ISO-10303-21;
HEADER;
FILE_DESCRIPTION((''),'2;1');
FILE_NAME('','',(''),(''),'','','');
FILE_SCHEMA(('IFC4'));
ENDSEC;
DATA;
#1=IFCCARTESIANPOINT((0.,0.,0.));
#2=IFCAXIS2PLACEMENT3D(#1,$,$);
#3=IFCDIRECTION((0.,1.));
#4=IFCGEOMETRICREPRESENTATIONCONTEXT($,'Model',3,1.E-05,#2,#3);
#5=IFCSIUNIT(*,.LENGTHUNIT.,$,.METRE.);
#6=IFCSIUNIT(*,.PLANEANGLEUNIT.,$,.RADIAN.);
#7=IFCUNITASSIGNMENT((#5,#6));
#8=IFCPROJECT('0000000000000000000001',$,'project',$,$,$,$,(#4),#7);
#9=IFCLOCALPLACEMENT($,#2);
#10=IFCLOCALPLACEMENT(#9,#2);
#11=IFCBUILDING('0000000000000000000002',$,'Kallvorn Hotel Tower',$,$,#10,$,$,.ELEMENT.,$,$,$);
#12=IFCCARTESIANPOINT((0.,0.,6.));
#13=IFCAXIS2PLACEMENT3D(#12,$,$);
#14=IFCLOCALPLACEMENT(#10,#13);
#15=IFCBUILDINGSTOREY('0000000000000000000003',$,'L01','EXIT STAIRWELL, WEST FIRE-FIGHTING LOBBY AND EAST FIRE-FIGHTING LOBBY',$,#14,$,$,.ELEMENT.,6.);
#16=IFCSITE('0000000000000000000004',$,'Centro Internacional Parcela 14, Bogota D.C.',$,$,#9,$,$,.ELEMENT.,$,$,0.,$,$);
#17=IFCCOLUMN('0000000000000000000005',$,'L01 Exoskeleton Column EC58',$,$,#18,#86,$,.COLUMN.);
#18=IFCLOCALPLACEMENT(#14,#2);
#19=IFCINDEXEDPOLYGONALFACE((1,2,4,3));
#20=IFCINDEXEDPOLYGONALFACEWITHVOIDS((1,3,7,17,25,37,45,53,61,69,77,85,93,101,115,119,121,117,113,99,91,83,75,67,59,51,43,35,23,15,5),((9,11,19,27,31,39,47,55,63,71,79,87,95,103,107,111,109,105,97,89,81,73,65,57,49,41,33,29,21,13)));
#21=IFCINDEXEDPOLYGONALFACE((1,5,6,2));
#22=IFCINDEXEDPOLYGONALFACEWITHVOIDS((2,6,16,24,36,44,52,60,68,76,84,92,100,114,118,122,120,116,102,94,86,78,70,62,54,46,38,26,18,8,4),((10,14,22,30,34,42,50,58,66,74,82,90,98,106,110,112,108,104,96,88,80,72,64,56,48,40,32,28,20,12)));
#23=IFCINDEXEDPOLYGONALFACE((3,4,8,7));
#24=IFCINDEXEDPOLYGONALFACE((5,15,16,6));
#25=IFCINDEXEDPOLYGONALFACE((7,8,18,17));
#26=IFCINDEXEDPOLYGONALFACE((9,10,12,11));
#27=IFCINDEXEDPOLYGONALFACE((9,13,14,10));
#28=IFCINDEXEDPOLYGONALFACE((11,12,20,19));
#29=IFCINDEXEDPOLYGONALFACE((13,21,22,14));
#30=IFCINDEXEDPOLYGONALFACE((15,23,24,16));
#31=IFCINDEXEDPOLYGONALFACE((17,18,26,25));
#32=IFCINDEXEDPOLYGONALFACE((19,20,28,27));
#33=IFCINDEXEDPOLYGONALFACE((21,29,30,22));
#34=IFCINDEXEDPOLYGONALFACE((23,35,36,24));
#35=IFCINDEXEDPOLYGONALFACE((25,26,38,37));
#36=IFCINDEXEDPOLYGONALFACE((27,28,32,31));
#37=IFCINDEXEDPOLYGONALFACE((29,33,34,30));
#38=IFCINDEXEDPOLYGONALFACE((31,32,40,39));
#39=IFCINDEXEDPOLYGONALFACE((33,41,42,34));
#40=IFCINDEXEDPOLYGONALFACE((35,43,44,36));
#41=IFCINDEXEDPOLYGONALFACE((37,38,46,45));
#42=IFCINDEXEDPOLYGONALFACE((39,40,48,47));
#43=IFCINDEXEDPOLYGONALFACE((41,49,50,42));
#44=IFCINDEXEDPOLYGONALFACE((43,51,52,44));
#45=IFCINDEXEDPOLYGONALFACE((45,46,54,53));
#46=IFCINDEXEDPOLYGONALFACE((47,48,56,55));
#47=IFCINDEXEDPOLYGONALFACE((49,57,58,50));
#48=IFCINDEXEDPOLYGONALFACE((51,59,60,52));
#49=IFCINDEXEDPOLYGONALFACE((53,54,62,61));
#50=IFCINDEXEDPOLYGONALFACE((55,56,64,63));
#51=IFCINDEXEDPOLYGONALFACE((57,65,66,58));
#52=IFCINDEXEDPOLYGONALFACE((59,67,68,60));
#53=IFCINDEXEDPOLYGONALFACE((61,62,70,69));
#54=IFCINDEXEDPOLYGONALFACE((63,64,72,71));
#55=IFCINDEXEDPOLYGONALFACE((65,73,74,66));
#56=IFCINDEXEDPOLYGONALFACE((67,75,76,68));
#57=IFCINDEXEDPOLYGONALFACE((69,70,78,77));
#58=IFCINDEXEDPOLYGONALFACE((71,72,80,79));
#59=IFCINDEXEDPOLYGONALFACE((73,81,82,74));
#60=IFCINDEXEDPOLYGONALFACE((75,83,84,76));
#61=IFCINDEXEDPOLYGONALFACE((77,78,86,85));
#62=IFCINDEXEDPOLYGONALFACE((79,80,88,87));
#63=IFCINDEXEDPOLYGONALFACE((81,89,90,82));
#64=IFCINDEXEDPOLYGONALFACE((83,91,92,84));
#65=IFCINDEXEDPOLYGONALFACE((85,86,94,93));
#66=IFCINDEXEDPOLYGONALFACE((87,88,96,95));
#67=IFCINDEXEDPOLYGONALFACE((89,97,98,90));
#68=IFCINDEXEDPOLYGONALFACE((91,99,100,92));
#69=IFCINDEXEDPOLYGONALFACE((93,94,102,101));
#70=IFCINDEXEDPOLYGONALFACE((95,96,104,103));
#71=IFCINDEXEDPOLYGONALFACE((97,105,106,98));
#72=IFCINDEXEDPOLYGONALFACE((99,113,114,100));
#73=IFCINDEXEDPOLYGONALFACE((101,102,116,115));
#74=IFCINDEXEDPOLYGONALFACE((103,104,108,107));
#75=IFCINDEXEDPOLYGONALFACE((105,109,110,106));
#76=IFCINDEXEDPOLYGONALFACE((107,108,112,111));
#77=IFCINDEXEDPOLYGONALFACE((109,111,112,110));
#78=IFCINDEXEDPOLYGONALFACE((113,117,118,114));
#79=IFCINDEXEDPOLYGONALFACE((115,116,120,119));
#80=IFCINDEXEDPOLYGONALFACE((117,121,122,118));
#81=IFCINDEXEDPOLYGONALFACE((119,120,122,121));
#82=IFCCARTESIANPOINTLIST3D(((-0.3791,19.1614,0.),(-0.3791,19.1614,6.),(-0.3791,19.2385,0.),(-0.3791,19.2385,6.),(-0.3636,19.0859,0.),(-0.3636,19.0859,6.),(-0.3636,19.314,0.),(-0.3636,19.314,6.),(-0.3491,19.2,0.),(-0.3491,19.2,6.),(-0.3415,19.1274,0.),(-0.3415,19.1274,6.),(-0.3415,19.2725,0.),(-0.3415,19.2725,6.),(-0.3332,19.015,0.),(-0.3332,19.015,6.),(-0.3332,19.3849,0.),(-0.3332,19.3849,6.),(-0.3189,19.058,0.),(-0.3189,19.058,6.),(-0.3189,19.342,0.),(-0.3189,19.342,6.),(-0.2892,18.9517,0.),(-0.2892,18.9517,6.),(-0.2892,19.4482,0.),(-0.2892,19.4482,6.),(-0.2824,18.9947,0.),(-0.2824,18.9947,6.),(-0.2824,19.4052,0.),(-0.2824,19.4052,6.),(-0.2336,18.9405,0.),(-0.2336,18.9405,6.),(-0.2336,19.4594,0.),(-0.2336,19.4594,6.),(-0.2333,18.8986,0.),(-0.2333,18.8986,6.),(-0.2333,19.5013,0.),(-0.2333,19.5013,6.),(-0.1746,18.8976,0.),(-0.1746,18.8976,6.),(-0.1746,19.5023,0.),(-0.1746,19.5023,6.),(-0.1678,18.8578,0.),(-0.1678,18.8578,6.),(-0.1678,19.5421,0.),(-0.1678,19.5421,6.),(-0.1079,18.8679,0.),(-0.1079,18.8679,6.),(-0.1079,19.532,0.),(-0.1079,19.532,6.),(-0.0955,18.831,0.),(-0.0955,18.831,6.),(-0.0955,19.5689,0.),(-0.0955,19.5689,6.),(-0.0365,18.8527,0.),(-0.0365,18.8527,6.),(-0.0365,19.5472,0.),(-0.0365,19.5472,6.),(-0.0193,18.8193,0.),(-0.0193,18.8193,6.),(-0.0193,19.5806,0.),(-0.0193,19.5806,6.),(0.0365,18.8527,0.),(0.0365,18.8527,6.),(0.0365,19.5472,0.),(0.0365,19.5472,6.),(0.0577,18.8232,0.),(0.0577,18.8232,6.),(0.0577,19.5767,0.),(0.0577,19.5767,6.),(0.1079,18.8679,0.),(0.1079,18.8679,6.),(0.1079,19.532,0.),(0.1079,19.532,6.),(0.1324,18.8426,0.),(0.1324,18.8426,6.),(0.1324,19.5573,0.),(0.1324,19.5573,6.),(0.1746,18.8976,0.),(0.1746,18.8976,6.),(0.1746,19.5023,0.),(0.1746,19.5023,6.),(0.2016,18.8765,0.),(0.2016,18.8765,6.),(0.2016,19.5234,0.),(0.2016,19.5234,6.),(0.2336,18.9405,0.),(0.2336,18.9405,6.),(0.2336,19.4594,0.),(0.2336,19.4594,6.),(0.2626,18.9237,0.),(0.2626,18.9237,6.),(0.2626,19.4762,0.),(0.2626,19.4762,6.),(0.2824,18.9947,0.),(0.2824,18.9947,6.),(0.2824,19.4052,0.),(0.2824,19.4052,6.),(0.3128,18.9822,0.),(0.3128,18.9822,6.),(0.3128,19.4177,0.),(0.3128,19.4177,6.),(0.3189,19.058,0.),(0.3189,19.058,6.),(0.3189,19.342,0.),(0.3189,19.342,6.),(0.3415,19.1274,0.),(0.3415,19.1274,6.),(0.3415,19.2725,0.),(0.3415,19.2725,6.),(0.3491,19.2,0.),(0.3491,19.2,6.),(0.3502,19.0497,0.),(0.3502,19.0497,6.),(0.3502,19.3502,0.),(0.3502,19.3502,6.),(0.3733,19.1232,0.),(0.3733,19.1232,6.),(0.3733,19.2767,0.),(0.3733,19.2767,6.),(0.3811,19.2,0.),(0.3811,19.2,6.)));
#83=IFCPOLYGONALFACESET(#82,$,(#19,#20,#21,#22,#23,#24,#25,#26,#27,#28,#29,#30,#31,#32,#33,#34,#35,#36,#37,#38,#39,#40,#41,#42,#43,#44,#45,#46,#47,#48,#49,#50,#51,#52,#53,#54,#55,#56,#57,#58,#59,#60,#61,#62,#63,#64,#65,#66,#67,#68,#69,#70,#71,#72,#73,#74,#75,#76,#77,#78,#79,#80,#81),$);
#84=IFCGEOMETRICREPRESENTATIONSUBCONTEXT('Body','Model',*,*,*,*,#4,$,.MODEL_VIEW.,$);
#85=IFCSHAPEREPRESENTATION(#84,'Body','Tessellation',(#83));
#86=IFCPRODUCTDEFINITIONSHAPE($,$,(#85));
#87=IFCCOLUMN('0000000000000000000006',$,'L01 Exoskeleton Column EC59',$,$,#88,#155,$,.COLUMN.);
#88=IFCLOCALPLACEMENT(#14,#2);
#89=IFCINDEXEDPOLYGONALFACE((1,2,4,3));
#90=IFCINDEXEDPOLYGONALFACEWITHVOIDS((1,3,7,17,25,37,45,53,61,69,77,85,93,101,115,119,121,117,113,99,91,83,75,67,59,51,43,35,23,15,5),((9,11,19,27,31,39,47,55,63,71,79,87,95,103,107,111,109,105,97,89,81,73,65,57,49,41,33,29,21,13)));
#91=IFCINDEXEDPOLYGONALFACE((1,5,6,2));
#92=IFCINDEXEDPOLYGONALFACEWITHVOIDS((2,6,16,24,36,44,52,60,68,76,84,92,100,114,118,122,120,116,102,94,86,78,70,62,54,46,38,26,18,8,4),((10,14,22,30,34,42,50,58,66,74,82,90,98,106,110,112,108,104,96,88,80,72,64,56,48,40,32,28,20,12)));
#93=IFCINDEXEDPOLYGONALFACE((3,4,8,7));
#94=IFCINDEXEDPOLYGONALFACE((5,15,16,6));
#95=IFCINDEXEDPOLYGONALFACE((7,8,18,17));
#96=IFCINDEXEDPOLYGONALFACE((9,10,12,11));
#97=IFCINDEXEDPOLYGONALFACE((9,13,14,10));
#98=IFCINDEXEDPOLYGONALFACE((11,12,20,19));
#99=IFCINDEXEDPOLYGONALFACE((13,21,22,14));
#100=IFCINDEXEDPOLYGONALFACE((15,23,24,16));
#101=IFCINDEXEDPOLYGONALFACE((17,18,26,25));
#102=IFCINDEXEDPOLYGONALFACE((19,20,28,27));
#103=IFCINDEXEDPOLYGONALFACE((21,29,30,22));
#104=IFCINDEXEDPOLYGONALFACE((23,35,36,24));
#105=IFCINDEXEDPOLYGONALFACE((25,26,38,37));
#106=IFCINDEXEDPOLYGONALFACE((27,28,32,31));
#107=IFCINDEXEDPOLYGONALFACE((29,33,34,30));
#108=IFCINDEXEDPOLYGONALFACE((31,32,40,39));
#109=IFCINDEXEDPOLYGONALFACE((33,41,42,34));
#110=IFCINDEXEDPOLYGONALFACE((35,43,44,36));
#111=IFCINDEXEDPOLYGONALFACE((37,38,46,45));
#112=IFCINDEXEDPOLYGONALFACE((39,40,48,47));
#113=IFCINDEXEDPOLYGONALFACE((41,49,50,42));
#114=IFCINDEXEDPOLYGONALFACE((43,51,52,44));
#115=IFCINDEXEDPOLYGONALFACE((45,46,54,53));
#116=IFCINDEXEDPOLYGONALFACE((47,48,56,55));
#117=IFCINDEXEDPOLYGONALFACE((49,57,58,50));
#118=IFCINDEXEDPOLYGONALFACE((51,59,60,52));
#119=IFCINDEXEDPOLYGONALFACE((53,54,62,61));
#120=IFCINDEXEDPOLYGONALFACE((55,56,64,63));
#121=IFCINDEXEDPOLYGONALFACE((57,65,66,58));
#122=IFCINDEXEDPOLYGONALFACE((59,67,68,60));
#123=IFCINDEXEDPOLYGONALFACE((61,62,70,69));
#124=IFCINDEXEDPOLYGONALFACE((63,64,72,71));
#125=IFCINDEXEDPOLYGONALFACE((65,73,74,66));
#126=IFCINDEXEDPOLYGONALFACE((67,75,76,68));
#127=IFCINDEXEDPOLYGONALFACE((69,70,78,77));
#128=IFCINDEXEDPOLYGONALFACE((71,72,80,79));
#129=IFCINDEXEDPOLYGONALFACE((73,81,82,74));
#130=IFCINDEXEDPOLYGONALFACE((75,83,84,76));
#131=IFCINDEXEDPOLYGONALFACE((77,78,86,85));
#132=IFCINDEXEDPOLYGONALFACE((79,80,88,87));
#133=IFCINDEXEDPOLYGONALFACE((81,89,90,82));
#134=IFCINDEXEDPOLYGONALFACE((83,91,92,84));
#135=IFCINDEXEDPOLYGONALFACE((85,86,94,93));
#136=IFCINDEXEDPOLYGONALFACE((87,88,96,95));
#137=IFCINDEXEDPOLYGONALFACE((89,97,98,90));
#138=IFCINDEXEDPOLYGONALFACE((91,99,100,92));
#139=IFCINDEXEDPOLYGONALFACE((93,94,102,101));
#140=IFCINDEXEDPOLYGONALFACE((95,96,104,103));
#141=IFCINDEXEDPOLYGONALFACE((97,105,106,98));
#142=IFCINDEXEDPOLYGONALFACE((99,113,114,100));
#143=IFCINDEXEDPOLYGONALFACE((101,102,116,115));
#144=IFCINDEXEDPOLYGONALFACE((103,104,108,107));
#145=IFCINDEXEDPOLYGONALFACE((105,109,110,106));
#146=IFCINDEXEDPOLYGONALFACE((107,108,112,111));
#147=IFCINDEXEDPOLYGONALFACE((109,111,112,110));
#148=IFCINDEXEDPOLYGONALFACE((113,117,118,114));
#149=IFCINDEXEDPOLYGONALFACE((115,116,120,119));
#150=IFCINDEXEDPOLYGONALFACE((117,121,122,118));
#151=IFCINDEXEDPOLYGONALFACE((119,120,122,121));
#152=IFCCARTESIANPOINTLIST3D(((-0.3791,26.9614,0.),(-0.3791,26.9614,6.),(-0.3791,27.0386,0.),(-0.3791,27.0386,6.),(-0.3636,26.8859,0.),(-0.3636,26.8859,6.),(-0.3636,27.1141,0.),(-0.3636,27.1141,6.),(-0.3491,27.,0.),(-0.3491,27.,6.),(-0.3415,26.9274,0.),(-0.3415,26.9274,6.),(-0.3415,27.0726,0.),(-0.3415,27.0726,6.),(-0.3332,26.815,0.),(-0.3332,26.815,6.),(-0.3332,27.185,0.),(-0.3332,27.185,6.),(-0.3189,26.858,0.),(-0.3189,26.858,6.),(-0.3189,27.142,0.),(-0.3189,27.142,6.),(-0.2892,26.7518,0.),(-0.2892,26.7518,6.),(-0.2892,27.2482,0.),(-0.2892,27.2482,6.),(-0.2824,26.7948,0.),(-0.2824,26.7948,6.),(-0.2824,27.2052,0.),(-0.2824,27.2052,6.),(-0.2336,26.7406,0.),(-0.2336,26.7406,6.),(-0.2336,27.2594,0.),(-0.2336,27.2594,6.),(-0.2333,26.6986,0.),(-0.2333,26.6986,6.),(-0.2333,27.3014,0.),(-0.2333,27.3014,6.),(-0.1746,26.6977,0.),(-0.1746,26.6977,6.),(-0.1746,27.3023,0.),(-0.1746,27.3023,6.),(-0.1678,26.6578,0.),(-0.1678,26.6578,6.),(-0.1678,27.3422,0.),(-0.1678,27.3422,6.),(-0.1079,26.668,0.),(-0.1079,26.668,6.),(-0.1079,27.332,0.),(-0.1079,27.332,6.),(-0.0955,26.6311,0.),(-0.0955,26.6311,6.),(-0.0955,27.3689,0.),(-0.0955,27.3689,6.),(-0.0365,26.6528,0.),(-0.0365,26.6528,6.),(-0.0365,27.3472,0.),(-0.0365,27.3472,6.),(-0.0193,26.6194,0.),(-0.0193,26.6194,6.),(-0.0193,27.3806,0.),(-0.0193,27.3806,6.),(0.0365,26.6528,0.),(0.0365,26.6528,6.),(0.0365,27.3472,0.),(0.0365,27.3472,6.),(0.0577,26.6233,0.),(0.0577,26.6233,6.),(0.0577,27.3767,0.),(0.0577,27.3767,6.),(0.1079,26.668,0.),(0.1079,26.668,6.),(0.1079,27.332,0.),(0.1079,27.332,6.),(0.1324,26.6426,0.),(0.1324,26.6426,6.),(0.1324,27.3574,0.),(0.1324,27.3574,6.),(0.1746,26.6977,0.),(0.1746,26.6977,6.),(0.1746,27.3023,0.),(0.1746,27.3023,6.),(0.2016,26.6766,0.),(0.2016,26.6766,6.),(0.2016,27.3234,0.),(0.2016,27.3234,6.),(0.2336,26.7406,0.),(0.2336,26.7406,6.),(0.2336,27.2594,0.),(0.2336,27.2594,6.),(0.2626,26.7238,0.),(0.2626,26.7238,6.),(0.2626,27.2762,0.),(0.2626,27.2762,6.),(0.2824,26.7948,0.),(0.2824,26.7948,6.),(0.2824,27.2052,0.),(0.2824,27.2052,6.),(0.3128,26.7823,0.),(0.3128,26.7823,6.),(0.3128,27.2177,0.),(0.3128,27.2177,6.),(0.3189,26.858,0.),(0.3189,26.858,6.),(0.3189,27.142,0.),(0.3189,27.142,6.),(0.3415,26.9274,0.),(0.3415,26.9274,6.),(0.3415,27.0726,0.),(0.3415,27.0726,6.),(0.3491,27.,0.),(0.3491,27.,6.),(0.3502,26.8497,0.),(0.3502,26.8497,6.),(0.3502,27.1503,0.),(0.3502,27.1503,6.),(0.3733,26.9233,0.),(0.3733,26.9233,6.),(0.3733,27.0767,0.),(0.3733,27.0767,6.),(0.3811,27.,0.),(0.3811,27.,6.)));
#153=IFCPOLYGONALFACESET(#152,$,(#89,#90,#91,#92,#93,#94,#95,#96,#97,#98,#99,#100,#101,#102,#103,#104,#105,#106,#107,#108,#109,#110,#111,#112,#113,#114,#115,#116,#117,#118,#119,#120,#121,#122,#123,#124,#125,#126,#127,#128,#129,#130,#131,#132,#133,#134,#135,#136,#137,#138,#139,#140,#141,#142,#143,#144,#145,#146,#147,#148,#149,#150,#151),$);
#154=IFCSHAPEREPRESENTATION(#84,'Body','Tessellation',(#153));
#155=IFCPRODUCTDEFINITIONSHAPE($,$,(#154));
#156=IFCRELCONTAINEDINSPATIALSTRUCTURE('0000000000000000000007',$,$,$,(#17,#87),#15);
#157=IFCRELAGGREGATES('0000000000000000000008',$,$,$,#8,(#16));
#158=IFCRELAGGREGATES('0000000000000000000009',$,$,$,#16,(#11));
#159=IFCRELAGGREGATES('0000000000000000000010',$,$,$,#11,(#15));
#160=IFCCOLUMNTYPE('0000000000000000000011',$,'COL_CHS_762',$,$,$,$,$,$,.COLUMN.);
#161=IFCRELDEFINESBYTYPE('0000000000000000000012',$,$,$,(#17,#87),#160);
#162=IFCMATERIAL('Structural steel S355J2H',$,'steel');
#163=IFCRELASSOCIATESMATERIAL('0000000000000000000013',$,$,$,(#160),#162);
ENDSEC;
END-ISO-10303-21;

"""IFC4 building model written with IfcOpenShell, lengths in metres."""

from ifc_helpers import new_model, si_unit, direction, frame, origin, origin_2d, place, context, subcontext, project, spatial, hollow_circle, extrude, material, material_profile, profile_set, type_object, element, save


model = new_model("IFC4")

# Units and contexts
model_context = context("Model", 3, precision=1e-05, world=origin(), true_north=direction((0.0, 1.0)))
body_context = subcontext(model_context, "Body", "Model", "MODEL_VIEW")
ifc_project = project(units=[si_unit("LENGTHUNIT", "METRE"), si_unit("PLANEANGLEUNIT", "RADIAN")], contexts=[model_context])

# Site, building, storey
site_placement = place(None, origin())
site = spatial("IfcSite", under=ifc_project, at=site_placement, Name="Centro Internacional Parcela 14, Bogota D.C.", CompositionType="ELEMENT", RefElevation=0.0)
building_placement = place(site_placement, origin())
building = spatial("IfcBuilding", under=site, at=building_placement, Name="Kallvorn Hotel Tower", CompositionType="ELEMENT")
storey_placement = place(building_placement, frame((0.0, 0.0, 6.0)))
storey = spatial("IfcBuildingStorey", under=building, at=storey_placement, Name="L01", Description="EXIT STAIRWELL, WEST FIRE-FIGHTING LOBBY AND EAST FIRE-FIGHTING LOBBY", CompositionType="ELEMENT", Elevation=6.0)

# Columns
ifc_material_1 = material(Name="Structural steel S355J2H", Category="steel")
ifc_material_profile_1 = material_profile(ifc_material_1, hollow_circle(Radius=0.3811, WallThickness=0.032, at=origin_2d()), Name="CHS 762x32")
ifc_profile_set_1 = profile_set([ifc_material_profile_1], Name="Structural steel S355J2H")
column_type_1 = type_object("IfcColumnType", Name="COL_CHS_762", PredefinedType="COLUMN", material=ifc_profile_set_1)
for number, where, z_axis, x_axis, name in (
    (1, (0.0, 19.2, 0.0), (0.0, 0.0, 1.0), (1.0, 0.0, 0.0), "L01 Exoskeleton Column EC58"),
    (2, (0.0, 27.0, 0.0), (0.0, 0.0, 1.0), (1.0, 0.0, 0.0), "L01 Exoskeleton Column EC59"),
):
    element("IfcColumn", number, at=place(storey_placement, frame(where, z_axis=z_axis, x_axis=x_axis)), inside=storey, type_object=column_type_1, Name=name, PredefinedType="COLUMN", context=body_context, shape_type="SweptSolid", body=[
        extrude(hollow_circle(Radius=0.3811, WallThickness=0.032, at=origin_2d()), origin(), (0.0, 0.0, 1.0), 6.0),
    ])

save(model, "model.ifc")
